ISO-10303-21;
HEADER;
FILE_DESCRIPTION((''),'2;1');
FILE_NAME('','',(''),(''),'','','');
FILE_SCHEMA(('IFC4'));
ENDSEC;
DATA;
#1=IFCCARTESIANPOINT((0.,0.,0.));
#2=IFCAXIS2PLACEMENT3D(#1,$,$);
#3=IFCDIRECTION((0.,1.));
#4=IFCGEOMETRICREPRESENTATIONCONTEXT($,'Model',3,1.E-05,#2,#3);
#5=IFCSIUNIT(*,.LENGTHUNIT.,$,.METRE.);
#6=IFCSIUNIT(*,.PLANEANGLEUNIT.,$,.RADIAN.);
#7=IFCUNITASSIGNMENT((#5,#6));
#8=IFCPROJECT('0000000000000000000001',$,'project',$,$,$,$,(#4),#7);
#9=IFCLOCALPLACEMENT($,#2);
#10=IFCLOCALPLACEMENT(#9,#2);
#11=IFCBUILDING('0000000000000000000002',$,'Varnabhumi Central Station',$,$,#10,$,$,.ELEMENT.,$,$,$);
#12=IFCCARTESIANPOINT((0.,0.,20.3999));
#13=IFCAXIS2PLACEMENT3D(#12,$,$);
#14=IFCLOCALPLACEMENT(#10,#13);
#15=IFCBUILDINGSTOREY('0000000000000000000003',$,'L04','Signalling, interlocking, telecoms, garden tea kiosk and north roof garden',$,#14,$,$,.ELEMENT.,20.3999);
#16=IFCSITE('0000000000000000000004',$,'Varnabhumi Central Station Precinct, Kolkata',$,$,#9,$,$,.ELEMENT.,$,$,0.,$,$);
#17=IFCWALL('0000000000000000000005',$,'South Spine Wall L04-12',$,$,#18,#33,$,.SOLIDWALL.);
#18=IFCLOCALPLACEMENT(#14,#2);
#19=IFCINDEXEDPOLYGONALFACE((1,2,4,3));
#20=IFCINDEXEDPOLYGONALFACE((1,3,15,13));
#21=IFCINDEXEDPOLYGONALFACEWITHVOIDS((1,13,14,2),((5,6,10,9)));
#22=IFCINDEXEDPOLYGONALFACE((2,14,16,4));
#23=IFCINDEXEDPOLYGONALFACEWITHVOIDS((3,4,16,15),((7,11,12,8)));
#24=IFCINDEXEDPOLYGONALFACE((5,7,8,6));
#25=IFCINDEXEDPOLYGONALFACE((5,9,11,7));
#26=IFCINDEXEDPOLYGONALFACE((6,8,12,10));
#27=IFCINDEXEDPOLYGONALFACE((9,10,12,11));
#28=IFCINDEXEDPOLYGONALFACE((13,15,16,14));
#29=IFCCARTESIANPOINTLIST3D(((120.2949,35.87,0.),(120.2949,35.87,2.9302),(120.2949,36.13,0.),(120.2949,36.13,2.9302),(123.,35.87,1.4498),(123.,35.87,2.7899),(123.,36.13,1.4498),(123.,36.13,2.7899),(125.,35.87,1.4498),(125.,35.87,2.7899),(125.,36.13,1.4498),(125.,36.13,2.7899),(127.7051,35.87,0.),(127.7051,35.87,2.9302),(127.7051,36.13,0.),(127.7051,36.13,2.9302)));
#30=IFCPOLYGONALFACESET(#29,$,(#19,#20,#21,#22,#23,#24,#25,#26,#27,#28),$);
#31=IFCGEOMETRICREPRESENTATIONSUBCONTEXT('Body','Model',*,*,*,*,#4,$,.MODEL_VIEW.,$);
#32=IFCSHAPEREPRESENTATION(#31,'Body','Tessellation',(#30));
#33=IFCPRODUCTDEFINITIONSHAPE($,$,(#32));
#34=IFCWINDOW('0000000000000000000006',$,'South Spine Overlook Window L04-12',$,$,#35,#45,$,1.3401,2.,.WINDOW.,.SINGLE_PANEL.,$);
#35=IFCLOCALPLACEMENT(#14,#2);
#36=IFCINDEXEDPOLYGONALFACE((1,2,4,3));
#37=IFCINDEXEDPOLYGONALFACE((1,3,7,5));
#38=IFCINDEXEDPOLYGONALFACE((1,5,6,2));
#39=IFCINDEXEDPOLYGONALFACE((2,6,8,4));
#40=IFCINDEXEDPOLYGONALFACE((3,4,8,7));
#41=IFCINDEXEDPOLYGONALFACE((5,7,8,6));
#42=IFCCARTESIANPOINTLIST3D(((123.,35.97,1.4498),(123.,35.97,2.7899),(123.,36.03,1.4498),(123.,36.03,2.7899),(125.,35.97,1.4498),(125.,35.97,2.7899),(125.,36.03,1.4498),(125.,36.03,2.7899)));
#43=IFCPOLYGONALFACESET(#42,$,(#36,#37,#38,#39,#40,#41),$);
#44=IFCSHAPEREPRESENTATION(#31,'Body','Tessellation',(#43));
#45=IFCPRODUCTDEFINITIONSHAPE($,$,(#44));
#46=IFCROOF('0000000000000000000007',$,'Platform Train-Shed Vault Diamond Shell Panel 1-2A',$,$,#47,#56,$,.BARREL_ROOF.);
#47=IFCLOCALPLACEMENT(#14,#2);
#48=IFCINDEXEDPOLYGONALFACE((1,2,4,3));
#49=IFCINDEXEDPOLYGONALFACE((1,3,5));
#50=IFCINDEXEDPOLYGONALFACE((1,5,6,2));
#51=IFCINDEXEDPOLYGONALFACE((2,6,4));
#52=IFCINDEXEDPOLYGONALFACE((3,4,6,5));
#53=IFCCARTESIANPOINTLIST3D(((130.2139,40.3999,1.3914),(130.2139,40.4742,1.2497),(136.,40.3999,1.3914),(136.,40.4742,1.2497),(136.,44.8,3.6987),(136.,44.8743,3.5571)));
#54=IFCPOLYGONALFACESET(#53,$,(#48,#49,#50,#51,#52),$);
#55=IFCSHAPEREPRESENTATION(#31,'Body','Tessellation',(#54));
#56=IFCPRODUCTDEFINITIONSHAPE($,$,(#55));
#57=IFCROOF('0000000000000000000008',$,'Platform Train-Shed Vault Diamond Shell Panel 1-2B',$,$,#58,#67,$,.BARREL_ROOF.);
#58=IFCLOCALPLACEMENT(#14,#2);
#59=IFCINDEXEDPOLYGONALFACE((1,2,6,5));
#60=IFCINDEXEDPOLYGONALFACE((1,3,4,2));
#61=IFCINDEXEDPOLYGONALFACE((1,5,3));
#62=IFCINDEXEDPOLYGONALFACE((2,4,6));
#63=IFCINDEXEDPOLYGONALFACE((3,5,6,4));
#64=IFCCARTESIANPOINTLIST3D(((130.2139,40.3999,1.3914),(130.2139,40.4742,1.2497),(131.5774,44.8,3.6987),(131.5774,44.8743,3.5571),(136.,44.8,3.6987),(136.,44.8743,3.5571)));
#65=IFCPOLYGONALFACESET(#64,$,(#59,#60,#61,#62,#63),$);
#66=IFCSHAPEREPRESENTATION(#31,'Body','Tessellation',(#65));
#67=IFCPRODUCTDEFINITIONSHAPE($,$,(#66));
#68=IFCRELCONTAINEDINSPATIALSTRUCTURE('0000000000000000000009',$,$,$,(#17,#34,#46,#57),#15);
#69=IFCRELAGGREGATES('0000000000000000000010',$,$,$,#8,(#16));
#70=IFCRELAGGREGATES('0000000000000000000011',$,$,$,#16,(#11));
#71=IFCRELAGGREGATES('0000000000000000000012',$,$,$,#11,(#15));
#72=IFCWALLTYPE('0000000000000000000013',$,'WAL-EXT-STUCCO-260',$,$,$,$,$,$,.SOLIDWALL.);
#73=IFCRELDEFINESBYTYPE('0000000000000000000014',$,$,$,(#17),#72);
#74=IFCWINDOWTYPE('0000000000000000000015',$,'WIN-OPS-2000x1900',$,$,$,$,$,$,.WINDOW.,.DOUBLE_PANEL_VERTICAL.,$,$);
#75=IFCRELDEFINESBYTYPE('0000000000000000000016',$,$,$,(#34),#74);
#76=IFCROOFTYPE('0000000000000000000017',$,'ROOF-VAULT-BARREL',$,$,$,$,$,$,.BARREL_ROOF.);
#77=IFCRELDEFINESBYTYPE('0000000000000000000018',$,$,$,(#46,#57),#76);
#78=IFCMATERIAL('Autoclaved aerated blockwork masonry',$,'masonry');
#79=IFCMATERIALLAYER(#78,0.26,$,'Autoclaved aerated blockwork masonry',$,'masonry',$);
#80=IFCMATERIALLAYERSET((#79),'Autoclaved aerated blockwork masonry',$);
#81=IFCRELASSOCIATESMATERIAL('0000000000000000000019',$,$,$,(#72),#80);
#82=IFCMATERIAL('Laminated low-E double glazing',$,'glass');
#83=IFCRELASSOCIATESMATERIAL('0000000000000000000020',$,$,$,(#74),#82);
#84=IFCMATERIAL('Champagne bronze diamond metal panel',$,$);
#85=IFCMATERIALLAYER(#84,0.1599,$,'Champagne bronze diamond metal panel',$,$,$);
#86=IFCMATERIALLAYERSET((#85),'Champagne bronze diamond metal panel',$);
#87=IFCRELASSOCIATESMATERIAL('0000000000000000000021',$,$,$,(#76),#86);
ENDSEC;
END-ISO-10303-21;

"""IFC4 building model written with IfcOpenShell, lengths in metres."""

from ifc_helpers import new_model, si_unit, direction, frame, frame_2d, origin, place, context, subcontext, project, spatial, polyline, rectangle, outline, extrude, material, layer, layer_set, type_object, element, fill, save


model = new_model("IFC4")

# Units and contexts
model_context = context("Model", 3, precision=1e-05, world=origin(), true_north=direction((0.0, 1.0)))
body_context = subcontext(model_context, "Body", "Model", "MODEL_VIEW")
ifc_project = project(units=[si_unit("LENGTHUNIT", "METRE"), si_unit("PLANEANGLEUNIT", "RADIAN")], contexts=[model_context])

# Site, building, storey
site_placement = place(None, origin())
site = spatial("IfcSite", under=ifc_project, at=site_placement, Name="Varnabhumi Central Station Precinct, Kolkata", CompositionType="ELEMENT", RefElevation=0.0)
building_placement = place(site_placement, origin())
building = spatial("IfcBuilding", under=site, at=building_placement, Name="Varnabhumi Central Station", CompositionType="ELEMENT")
storey_placement = place(building_placement, frame((0.0, 0.0, 20.3999)))
storey = spatial("IfcBuildingStorey", under=building, at=storey_placement, Name="L04", Description="Signalling, interlocking, telecoms, garden tea kiosk and north roof garden", CompositionType="ELEMENT", Elevation=20.3999)

# Shared definitions
ifc_material_1 = material(Name="Laminated low-E double glazing", Category="glass")

# Wall, opening, window
ifc_material_2 = material(Name="Autoclaved aerated blockwork masonry", Category="masonry")
ifc_layer_1 = layer(ifc_material_2, 0.26, Name="Autoclaved aerated blockwork masonry", Category="masonry")
ifc_layer_set_1 = layer_set([ifc_layer_1], Name="Autoclaved aerated blockwork masonry")
wall_type = type_object("IfcWallType", Name="WAL-EXT-STUCCO-260", PredefinedType="SOLIDWALL", material=ifc_layer_set_1)
wall_placement = place(storey_placement, frame((120.2949, 36.0, 0.0), z_axis=(0.0, 0.0, 1.0), x_axis=(1.0, 0.0, 0.0)))
wall = element("IfcWall", 1, at=wall_placement, inside=storey, type_object=wall_type, Name="South Spine Wall L04-12", PredefinedType="SOLIDWALL", context=body_context, shape_type="SweptSolid", body=[
    extrude(rectangle(XDim=7.4102, YDim=0.26, at=frame_2d((3.7051, 0.0))), origin(), (0.0, 0.0, 1.0), 2.9302),
])
opening_placement = place(wall_placement, frame((2.7051, 0.0, 1.45)))
opening = element("IfcOpeningElement", 2, at=opening_placement, cuts=wall, PredefinedType="OPENING", context=body_context, shape_type="SweptSolid", body=[
    extrude(rectangle(XDim=2.0, YDim=1.3401, at=frame_2d((1.0, 0.6699))), frame((0.0, 0.1399, 0.0), z_axis=(0.0, -1.0, 0.0), x_axis=(1.0, 0.0, 0.0)), (0.0, 0.0, 1.0), 0.28),
])
window_type = type_object("IfcWindowType", Name="WIN-OPS-2000x1900", PartitioningType="DOUBLE_PANEL_VERTICAL", PredefinedType="WINDOW", material=ifc_material_1)
window_placement = place(opening_placement, origin())
window = element("IfcWindow", 3, at=window_placement, inside=storey, type_object=window_type, Name="South Spine Overlook Window L04-12", OverallHeight=1.3401, OverallWidth=2.0, PartitioningType="SINGLE_PANEL", PredefinedType="WINDOW", context=body_context, shape_type="SweptSolid", body=[
    extrude(rectangle(XDim=2.0, YDim=1.3401, at=frame_2d((1.0, 0.6699))), frame((0.0, 0.03, 0.0), z_axis=(0.0, -1.0, 0.0), x_axis=(1.0, 0.0, 0.0)), (0.0, 0.0, 1.0), 0.0601),
])
fill(opening, window)

# Roofs
ifc_material_3 = material(Name="Champagne bronze diamond metal panel")
ifc_layer_2 = layer(ifc_material_3, 0.1599, Name="Champagne bronze diamond metal panel")
ifc_layer_set_2 = layer_set([ifc_layer_2], Name="Champagne bronze diamond metal panel")
roof_type = type_object("IfcRoofType", Name="ROOF-VAULT-BARREL", PredefinedType="BARREL_ROOF", material=ifc_layer_set_2)
roof_1_placement = place(storey_placement, frame((130.2139, 40.3999, 1.3914), z_axis=(0.0, -0.464407, 0.885622), x_axis=(1.0, 0.0, 0.0)))
element("IfcRoof", 4, at=roof_1_placement, inside=storey, type_object=roof_type, Name="Platform Train-Shed Vault Diamond Shell Panel 1-2A", PredefinedType="BARREL_ROOF", context=body_context, shape_type="SweptSolid", body=[
    extrude(outline(polyline([(0.0, 0.0), (5.7861, 0.0), (5.7861, 4.9684), (0.0, 0.0)])), origin(), (0.0, 0.0, -1.0), 0.1599),
])
roof_2_placement = place(storey_placement, frame((130.2139, 40.3999, 1.3914), z_axis=(0.0, -0.464407, 0.885622), x_axis=(0.758681, 0.576949, 0.302544)))
element("IfcRoof", 5, at=roof_2_placement, inside=storey, type_object=roof_type, Name="Platform Train-Shed Vault Diamond Shell Panel 1-2B", PredefinedType="BARREL_ROOF", context=body_context, shape_type="SweptSolid", body=[
    extrude(outline(polyline([(0.0, 0.0), (7.6266, 0.0), (4.2712, 2.8812), (0.0, 0.0)])), origin(), (0.0, 0.0, -1.0), 0.1599),
])

save(model, "model.ifc")
